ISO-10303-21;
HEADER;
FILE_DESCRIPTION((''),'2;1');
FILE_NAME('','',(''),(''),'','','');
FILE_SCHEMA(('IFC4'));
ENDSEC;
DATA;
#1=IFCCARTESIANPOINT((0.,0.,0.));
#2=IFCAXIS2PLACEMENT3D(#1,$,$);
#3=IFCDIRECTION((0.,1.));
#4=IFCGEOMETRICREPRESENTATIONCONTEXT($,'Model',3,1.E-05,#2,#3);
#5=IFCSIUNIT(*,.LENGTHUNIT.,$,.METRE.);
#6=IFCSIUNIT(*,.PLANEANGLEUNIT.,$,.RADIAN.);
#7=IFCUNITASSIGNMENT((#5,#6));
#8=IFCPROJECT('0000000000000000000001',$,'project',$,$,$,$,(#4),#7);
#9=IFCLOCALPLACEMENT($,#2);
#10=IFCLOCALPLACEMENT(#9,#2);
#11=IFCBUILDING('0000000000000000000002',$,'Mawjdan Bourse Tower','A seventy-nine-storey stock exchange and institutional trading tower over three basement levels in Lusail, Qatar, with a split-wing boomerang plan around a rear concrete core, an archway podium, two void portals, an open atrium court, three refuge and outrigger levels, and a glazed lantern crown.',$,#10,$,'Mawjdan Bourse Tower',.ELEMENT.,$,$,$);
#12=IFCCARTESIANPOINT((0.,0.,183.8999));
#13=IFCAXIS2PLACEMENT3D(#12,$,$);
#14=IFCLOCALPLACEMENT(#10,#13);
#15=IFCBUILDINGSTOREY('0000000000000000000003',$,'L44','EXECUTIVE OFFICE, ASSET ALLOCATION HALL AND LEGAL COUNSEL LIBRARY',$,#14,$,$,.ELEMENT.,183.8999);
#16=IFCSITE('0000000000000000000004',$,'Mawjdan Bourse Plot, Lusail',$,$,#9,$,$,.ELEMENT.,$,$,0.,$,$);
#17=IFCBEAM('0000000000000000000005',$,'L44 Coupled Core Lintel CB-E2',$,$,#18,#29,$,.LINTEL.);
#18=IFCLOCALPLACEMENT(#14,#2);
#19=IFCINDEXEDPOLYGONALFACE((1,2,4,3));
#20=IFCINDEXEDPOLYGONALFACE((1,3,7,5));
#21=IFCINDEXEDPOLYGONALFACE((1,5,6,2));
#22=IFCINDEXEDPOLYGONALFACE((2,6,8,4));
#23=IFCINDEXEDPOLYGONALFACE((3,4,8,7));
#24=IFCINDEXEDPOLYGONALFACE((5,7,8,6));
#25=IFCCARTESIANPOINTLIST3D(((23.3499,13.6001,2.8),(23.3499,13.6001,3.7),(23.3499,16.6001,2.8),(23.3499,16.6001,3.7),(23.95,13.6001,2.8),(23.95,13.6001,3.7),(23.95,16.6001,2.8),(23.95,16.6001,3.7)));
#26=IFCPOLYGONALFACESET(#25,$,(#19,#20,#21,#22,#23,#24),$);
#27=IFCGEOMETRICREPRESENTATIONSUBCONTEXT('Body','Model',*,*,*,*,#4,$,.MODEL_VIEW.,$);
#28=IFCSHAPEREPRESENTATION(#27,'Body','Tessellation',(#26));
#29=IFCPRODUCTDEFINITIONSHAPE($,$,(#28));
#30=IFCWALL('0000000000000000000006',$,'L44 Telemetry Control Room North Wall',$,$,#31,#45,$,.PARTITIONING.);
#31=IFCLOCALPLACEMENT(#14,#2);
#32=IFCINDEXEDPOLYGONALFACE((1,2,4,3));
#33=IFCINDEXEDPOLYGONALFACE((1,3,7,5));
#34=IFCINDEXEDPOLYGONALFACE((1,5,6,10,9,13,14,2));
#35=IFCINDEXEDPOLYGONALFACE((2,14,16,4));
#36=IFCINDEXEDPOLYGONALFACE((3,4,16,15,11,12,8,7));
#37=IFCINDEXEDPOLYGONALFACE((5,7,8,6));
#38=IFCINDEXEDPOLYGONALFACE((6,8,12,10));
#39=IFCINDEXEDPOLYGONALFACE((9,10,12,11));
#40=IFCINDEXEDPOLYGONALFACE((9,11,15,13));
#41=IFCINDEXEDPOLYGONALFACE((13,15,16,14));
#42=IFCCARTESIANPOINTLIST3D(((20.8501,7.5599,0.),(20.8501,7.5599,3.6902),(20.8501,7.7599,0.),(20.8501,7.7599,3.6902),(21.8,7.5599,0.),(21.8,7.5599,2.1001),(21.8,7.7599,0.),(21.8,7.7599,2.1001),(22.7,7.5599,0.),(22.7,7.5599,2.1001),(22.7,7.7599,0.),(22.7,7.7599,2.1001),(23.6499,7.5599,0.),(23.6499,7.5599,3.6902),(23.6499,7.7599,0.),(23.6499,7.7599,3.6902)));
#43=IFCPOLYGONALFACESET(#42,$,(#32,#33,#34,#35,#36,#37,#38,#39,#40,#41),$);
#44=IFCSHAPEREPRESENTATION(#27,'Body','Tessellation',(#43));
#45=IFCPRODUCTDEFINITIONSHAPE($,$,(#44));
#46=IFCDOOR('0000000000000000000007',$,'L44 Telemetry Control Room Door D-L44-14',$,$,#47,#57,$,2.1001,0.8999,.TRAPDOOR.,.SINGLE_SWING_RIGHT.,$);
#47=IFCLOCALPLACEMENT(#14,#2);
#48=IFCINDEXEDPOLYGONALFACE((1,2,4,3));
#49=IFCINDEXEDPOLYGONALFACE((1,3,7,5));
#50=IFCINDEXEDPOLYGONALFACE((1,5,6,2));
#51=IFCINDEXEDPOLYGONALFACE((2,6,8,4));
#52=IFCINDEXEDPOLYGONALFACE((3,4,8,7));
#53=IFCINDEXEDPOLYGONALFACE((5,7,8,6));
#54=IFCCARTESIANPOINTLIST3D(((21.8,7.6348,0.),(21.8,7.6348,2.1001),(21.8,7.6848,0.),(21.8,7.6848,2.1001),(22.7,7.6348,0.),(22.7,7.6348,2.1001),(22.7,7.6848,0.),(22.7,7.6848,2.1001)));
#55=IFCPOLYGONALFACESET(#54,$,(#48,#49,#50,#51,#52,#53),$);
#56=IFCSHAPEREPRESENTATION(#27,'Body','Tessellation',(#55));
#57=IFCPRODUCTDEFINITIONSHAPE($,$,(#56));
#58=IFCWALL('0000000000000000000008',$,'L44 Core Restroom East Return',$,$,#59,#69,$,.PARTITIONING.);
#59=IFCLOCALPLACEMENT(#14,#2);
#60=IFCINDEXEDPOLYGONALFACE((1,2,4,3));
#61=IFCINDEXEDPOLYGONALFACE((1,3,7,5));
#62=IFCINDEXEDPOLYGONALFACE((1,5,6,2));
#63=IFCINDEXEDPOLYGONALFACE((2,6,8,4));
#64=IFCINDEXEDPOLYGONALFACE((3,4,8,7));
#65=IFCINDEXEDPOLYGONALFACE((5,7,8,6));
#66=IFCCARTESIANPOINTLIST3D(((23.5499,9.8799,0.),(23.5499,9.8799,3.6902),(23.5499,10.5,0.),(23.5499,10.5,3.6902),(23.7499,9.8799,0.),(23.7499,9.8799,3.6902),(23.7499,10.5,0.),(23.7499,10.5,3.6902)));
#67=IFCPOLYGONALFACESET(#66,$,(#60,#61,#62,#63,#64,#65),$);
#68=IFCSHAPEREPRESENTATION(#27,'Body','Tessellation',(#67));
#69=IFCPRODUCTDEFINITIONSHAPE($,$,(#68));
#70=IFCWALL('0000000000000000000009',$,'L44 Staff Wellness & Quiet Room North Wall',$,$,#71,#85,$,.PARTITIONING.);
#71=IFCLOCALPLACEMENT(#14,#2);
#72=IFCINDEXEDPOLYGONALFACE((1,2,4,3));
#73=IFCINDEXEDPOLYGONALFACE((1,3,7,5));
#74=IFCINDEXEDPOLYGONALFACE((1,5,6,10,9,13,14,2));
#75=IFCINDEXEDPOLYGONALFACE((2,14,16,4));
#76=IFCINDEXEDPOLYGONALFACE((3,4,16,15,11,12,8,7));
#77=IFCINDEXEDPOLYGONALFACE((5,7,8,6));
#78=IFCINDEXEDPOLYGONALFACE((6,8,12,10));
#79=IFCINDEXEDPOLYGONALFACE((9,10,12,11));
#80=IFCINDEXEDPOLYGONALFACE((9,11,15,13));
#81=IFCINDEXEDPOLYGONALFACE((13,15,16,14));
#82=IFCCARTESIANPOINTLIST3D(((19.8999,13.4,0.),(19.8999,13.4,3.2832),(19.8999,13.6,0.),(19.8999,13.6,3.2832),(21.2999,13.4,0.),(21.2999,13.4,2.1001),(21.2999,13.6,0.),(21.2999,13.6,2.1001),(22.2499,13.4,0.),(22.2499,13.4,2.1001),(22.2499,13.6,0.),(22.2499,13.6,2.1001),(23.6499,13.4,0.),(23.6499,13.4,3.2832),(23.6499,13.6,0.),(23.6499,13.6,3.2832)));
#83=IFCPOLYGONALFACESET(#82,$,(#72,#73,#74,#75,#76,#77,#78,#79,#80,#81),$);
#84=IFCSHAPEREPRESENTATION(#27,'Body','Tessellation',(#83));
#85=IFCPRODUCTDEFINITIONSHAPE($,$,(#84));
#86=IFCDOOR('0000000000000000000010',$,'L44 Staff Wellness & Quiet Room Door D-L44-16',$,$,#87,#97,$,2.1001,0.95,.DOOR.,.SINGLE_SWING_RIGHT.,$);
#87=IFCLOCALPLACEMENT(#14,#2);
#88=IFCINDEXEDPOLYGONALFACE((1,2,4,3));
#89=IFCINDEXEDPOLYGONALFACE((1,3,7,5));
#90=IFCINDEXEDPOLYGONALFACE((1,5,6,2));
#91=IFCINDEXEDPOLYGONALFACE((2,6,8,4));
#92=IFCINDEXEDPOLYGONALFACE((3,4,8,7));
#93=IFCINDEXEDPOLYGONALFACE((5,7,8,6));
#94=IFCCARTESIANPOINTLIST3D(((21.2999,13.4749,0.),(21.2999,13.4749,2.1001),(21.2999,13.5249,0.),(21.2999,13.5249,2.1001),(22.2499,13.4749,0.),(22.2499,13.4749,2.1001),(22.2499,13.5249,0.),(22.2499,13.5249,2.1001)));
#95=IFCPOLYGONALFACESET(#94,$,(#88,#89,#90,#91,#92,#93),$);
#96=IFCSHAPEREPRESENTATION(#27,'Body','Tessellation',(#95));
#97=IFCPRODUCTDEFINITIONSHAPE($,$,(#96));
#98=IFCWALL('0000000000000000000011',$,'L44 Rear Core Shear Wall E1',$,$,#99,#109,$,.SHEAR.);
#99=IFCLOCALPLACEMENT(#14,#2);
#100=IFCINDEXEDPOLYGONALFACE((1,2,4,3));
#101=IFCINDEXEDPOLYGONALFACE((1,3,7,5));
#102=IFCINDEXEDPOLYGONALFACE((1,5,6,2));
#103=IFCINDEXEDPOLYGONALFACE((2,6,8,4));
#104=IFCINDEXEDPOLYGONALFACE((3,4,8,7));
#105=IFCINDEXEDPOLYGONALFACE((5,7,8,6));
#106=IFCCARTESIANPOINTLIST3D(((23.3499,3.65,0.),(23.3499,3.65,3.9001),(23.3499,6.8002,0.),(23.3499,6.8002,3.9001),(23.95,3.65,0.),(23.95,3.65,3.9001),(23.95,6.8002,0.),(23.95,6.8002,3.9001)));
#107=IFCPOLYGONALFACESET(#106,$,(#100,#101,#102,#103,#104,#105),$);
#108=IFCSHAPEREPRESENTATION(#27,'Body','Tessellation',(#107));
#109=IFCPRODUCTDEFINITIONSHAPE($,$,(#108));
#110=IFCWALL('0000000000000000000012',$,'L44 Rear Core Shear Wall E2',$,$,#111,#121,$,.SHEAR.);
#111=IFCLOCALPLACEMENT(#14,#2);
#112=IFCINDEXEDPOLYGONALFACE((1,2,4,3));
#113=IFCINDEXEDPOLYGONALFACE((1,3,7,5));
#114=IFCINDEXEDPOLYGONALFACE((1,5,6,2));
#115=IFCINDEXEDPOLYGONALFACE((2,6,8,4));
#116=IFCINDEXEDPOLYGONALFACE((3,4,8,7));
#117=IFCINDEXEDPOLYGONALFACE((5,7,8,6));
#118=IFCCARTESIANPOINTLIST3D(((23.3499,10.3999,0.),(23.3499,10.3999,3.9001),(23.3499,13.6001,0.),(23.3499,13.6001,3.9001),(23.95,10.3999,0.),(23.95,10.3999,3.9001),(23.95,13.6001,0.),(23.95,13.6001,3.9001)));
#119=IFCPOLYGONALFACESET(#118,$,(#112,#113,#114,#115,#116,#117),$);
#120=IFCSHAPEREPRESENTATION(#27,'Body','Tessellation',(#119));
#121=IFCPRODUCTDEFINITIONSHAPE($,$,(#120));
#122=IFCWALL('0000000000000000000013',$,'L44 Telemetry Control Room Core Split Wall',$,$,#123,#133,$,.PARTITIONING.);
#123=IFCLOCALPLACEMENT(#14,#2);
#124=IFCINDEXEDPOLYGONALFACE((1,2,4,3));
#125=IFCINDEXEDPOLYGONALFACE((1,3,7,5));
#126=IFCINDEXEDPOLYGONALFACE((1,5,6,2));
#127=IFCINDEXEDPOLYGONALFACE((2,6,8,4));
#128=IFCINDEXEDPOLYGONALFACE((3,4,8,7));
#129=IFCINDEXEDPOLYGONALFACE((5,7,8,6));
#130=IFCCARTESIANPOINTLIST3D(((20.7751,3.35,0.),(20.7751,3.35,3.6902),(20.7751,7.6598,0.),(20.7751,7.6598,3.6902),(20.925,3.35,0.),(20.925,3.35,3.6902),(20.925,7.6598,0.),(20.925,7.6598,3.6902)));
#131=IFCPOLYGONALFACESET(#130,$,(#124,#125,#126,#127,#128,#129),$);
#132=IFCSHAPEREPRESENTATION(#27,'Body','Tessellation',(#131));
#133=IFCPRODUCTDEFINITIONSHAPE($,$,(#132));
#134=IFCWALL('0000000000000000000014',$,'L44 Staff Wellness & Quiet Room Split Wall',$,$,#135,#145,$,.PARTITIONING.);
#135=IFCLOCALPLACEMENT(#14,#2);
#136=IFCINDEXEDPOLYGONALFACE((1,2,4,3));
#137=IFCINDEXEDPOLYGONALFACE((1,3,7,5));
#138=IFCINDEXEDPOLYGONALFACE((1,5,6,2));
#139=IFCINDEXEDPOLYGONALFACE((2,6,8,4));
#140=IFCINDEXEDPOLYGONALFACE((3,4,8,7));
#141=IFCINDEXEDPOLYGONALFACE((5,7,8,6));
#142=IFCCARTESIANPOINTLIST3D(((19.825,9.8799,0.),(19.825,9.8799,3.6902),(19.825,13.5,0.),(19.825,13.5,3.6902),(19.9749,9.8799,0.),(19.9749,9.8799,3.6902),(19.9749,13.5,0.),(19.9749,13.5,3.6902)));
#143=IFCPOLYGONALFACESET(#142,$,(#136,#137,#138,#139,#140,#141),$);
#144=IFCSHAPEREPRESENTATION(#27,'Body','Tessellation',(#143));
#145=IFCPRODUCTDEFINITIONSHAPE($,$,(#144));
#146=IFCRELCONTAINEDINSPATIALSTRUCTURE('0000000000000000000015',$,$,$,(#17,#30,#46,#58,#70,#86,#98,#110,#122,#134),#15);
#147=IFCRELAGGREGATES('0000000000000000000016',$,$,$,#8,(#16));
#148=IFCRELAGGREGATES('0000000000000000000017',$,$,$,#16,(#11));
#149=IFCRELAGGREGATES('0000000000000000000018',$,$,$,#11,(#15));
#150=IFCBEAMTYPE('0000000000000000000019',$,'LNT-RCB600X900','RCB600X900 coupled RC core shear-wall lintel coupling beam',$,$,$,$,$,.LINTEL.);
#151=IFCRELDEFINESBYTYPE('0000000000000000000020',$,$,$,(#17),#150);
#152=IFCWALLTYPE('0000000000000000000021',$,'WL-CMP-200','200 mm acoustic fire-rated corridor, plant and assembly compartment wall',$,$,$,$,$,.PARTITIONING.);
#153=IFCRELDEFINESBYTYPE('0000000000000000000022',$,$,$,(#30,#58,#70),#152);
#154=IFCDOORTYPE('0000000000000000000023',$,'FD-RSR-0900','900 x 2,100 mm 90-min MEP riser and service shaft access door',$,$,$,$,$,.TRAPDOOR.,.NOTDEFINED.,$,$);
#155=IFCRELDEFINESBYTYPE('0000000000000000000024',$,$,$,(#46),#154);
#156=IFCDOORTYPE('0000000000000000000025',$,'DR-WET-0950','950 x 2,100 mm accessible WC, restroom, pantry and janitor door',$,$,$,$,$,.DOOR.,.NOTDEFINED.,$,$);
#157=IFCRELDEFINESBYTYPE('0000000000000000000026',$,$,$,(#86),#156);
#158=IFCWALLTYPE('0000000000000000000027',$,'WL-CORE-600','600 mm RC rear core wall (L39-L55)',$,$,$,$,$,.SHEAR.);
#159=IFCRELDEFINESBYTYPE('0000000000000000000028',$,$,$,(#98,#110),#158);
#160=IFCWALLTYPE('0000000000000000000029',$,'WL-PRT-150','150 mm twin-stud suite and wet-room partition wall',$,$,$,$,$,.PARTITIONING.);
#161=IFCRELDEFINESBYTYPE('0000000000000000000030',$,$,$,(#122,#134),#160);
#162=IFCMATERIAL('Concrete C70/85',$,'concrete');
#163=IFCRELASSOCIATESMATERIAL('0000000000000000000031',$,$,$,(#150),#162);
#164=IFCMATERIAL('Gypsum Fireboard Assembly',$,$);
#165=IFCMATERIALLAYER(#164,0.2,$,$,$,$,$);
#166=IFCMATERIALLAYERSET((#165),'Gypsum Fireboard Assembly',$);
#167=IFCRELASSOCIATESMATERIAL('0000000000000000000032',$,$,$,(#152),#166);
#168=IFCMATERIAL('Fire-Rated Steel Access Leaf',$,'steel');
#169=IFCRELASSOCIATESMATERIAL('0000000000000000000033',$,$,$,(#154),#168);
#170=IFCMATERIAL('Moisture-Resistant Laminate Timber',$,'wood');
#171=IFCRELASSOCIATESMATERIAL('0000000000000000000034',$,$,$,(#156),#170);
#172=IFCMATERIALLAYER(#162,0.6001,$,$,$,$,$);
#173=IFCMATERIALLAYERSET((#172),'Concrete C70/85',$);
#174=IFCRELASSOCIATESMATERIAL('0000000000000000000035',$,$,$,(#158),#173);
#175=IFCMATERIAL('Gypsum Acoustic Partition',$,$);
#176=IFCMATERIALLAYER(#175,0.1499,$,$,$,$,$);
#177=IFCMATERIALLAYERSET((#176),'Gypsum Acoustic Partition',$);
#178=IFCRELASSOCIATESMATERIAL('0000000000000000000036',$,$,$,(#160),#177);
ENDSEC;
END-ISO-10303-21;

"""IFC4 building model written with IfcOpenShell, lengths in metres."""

from ifc_helpers import new_model, si_unit, direction, frame, frame_2d, origin, origin_2d, place, context, subcontext, project, spatial, rectangle, extrude, material, layer, layer_set, material_profile, profile_set, type_object, element, fill, save


model = new_model("IFC4")

# Units and contexts
model_context = context("Model", 3, precision=1e-05, world=origin(), true_north=direction((0.0, 1.0)))
body_context = subcontext(model_context, "Body", "Model", "MODEL_VIEW")
ifc_project = project(units=[si_unit("LENGTHUNIT", "METRE"), si_unit("PLANEANGLEUNIT", "RADIAN")], contexts=[model_context])

# Site, building, storey
site_placement = place(None, origin())
site = spatial("IfcSite", under=ifc_project, at=site_placement, Name="Mawjdan Bourse Plot, Lusail", CompositionType="ELEMENT", RefElevation=0.0)
building_placement = place(site_placement, origin())
building = spatial("IfcBuilding", under=site, at=building_placement, Name="Mawjdan Bourse Tower", Description="A seventy-nine-storey stock exchange and institutional trading tower over three basement levels in Lusail, Qatar, with a split-wing boomerang plan around a rear concrete core, an archway podium, two void portals, an open atrium court, three refuge and outrigger levels, and a glazed lantern crown.", LongName="Mawjdan Bourse Tower", CompositionType="ELEMENT")
storey_placement = place(building_placement, frame((0.0, 0.0, 183.8999)))
storey = spatial("IfcBuildingStorey", under=building, at=storey_placement, Name="L44", Description="EXECUTIVE OFFICE, ASSET ALLOCATION HALL AND LEGAL COUNSEL LIBRARY", CompositionType="ELEMENT", Elevation=183.8999)

# Beam
ifc_material_1 = material(Name="Concrete C70/85", Category="concrete")
ifc_material_profile_1 = material_profile(ifc_material_1, rectangle(XDim=0.6001, YDim=0.8999, at=origin_2d()), Name="RCB600X900")
ifc_profile_set_1 = profile_set([ifc_material_profile_1], Name="Concrete C70/85")
beam_type_1 = type_object("IfcBeamType", Name="LNT-RCB600X900", Description="RCB600X900 coupled RC core shear-wall lintel coupling beam", PredefinedType="LINTEL", material=ifc_profile_set_1)
beam_1_placement = place(storey_placement, frame((23.6499, 13.6001, 3.25), z_axis=(0.0, 1.0, 0.0), x_axis=(-1.0, 0.0, 0.0)))
element("IfcBeam", 1, at=beam_1_placement, inside=storey, type_object=beam_type_1, Name="L44 Coupled Core Lintel CB-E2", PredefinedType="LINTEL", context=body_context, shape_type="SweptSolid", body=[
    extrude(rectangle(XDim=0.6001, YDim=0.8999, at=origin_2d()), origin(), (0.0, 0.0, 1.0), 3.0),
])

# Wall, opening, door
ifc_material_2 = material(Name="Gypsum Fireboard Assembly")
ifc_layer_1 = layer(ifc_material_2, 0.2)
ifc_layer_set_1 = layer_set([ifc_layer_1], Name="Gypsum Fireboard Assembly")
wall_type_1 = type_object("IfcWallType", Name="WL-CMP-200", Description="200 mm acoustic fire-rated corridor, plant and assembly compartment wall", PredefinedType="PARTITIONING", material=ifc_layer_set_1)
wall_1_placement = place(storey_placement, frame((20.8501, 7.6599, 0.0), z_axis=(0.0, 0.0, 1.0), x_axis=(1.0, 0.0, 0.0)))
wall_1 = element("IfcWall", 2, at=wall_1_placement, inside=storey, type_object=wall_type_1, Name="L44 Telemetry Control Room North Wall", PredefinedType="PARTITIONING", context=body_context, shape_type="SweptSolid", body=[
    extrude(rectangle(XDim=2.7998, YDim=0.2, at=frame_2d((1.3999, 0.0))), origin(), (0.0, 0.0, 1.0), 3.6902),
])
opening_1_placement = place(wall_1_placement, frame((0.95, 0.0, 0.0)))
opening_1 = element("IfcOpeningElement", 3, at=opening_1_placement, cuts=wall_1, PredefinedType="OPENING", context=body_context, shape_type="SweptSolid", body=[
    extrude(rectangle(XDim=0.8999, YDim=2.1001, at=frame_2d((0.45, 1.05))), frame((0.0, 0.1099, 0.0), z_axis=(0.0, -1.0, 0.0), x_axis=(1.0, 0.0, 0.0)), (0.0, 0.0, 1.0), 0.22),
])
ifc_material_3 = material(Name="Fire-Rated Steel Access Leaf", Category="steel")
door_type_1 = type_object("IfcDoorType", Name="FD-RSR-0900", Description="900 x 2,100 mm 90-min MEP riser and service shaft access door", OperationType="NOTDEFINED", PredefinedType="TRAPDOOR", material=ifc_material_3)
door_1_placement = place(opening_1_placement, origin())
door_1 = element("IfcDoor", 4, at=door_1_placement, inside=storey, type_object=door_type_1, Name="L44 Telemetry Control Room Door D-L44-14", OperationType="SINGLE_SWING_RIGHT", OverallHeight=2.1001, OverallWidth=0.8999, PredefinedType="TRAPDOOR", context=body_context, shape_type="SweptSolid", body=[
    extrude(rectangle(XDim=0.8999, YDim=2.1001, at=frame_2d((0.45, 1.05))), frame((0.0, 0.0249, 0.0), z_axis=(0.0, -1.0, 0.0), x_axis=(1.0, 0.0, 0.0)), (0.0, 0.0, 1.0), 0.05),
])
fill(opening_1, door_1)

# Wall
wall_2_placement = place(storey_placement, frame((23.6499, 9.8799, 0.0), z_axis=(0.0, 0.0, 1.0), x_axis=(0.0, 1.0, 0.0)))
element("IfcWall", 5, at=wall_2_placement, inside=storey, type_object=wall_type_1, Name="L44 Core Restroom East Return", PredefinedType="PARTITIONING", context=body_context, shape_type="SweptSolid", body=[
    extrude(rectangle(XDim=0.6201, YDim=0.2, at=frame_2d((0.3101, 0.0))), origin(), (0.0, 0.0, 1.0), 3.6902),
])

# Wall, opening, door
wall_3_placement = place(storey_placement, frame((19.8999, 13.5, 0.0), z_axis=(0.0, 0.0, 1.0), x_axis=(1.0, 0.0, 0.0)))
wall_3 = element("IfcWall", 6, at=wall_3_placement, inside=storey, type_object=wall_type_1, Name="L44 Staff Wellness & Quiet Room North Wall", PredefinedType="PARTITIONING", context=body_context, shape_type="SweptSolid", body=[
    extrude(rectangle(XDim=3.75, YDim=0.2, at=frame_2d((1.875, 0.0))), origin(), (0.0, 0.0, 1.0), 3.2832),
])
opening_2_placement = place(wall_3_placement, frame((1.3999, 0.0, 0.0)))
opening_2 = element("IfcOpeningElement", 7, at=opening_2_placement, cuts=wall_3, PredefinedType="OPENING", context=body_context, shape_type="SweptSolid", body=[
    extrude(rectangle(XDim=0.95, YDim=2.1001, at=frame_2d((0.4751, 1.05))), frame((0.0, 0.1099, 0.0), z_axis=(0.0, -1.0, 0.0), x_axis=(1.0, 0.0, 0.0)), (0.0, 0.0, 1.0), 0.22),
])
ifc_material_4 = material(Name="Moisture-Resistant Laminate Timber", Category="wood")
door_type_2 = type_object("IfcDoorType", Name="DR-WET-0950", Description="950 x 2,100 mm accessible WC, restroom, pantry and janitor door", OperationType="NOTDEFINED", PredefinedType="DOOR", material=ifc_material_4)
door_2_placement = place(opening_2_placement, origin())
door_2 = element("IfcDoor", 8, at=door_2_placement, inside=storey, type_object=door_type_2, Name="L44 Staff Wellness & Quiet Room Door D-L44-16", OperationType="SINGLE_SWING_RIGHT", OverallHeight=2.1001, OverallWidth=0.95, PredefinedType="DOOR", context=body_context, shape_type="SweptSolid", body=[
    extrude(rectangle(XDim=0.95, YDim=2.1001, at=frame_2d((0.4751, 1.05))), frame((0.0, 0.0249, 0.0), z_axis=(0.0, -1.0, 0.0), x_axis=(1.0, 0.0, 0.0)), (0.0, 0.0, 1.0), 0.05),
])
fill(opening_2, door_2)

# Walls
ifc_layer_2 = layer(ifc_material_1, 0.6001)
ifc_layer_set_2 = layer_set([ifc_layer_2], Name="Concrete C70/85")
wall_type_2 = type_object("IfcWallType", Name="WL-CORE-600", Description="600 mm RC rear core wall (L39-L55)", PredefinedType="SHEAR", material=ifc_layer_set_2)
wall_4_placement = place(storey_placement, frame((23.6499, 3.6499, 0.0), z_axis=(0.0, 0.0, 1.0), x_axis=(0.0, 1.0, 0.0)))
element("IfcWall", 9, at=wall_4_placement, inside=storey, type_object=wall_type_2, Name="L44 Rear Core Shear Wall E1", PredefinedType="SHEAR", context=body_context, shape_type="SweptSolid", body=[
    extrude(rectangle(XDim=3.1501, YDim=0.6001, at=frame_2d((1.5752, 0.0))), origin(), (0.0, 0.0, 1.0), 3.9001),
])
wall_5_placement = place(storey_placement, frame((23.6499, 10.3999, 0.0), z_axis=(0.0, 0.0, 1.0), x_axis=(0.0, 1.0, 0.0)))
element("IfcWall", 10, at=wall_5_placement, inside=storey, type_object=wall_type_2, Name="L44 Rear Core Shear Wall E2", PredefinedType="SHEAR", context=body_context, shape_type="SweptSolid", body=[
    extrude(rectangle(XDim=3.2002, YDim=0.6001, at=frame_2d((1.6001, 0.0))), origin(), (0.0, 0.0, 1.0), 3.9001),
])
ifc_material_5 = material(Name="Gypsum Acoustic Partition")
ifc_layer_3 = layer(ifc_material_5, 0.1499)
ifc_layer_set_3 = layer_set([ifc_layer_3], Name="Gypsum Acoustic Partition")
wall_type_3 = type_object("IfcWallType", Name="WL-PRT-150", Description="150 mm twin-stud suite and wet-room partition wall", PredefinedType="PARTITIONING", material=ifc_layer_set_3)
wall_6_placement = place(storey_placement, frame((20.8501, 3.3501, 0.0), z_axis=(0.0, 0.0, 1.0), x_axis=(0.0, 1.0, 0.0)))
element("IfcWall", 11, at=wall_6_placement, inside=storey, type_object=wall_type_3, Name="L44 Telemetry Control Room Core Split Wall", PredefinedType="PARTITIONING", context=body_context, shape_type="SweptSolid", body=[
    extrude(rectangle(XDim=4.3098, YDim=0.1499, at=frame_2d((2.1548, 0.0))), origin(), (0.0, 0.0, 1.0), 3.6902),
])
wall_7_placement = place(storey_placement, frame((19.8999, 9.8799, 0.0), z_axis=(0.0, 0.0, 1.0), x_axis=(0.0, 1.0, 0.0)))
element("IfcWall", 12, at=wall_7_placement, inside=storey, type_object=wall_type_3, Name="L44 Staff Wellness & Quiet Room Split Wall", PredefinedType="PARTITIONING", context=body_context, shape_type="SweptSolid", body=[
    extrude(rectangle(XDim=3.6201, YDim=0.1499, at=frame_2d((1.8101, 0.0))), origin(), (0.0, 0.0, 1.0), 3.6902),
])

save(model, "model.ifc")
